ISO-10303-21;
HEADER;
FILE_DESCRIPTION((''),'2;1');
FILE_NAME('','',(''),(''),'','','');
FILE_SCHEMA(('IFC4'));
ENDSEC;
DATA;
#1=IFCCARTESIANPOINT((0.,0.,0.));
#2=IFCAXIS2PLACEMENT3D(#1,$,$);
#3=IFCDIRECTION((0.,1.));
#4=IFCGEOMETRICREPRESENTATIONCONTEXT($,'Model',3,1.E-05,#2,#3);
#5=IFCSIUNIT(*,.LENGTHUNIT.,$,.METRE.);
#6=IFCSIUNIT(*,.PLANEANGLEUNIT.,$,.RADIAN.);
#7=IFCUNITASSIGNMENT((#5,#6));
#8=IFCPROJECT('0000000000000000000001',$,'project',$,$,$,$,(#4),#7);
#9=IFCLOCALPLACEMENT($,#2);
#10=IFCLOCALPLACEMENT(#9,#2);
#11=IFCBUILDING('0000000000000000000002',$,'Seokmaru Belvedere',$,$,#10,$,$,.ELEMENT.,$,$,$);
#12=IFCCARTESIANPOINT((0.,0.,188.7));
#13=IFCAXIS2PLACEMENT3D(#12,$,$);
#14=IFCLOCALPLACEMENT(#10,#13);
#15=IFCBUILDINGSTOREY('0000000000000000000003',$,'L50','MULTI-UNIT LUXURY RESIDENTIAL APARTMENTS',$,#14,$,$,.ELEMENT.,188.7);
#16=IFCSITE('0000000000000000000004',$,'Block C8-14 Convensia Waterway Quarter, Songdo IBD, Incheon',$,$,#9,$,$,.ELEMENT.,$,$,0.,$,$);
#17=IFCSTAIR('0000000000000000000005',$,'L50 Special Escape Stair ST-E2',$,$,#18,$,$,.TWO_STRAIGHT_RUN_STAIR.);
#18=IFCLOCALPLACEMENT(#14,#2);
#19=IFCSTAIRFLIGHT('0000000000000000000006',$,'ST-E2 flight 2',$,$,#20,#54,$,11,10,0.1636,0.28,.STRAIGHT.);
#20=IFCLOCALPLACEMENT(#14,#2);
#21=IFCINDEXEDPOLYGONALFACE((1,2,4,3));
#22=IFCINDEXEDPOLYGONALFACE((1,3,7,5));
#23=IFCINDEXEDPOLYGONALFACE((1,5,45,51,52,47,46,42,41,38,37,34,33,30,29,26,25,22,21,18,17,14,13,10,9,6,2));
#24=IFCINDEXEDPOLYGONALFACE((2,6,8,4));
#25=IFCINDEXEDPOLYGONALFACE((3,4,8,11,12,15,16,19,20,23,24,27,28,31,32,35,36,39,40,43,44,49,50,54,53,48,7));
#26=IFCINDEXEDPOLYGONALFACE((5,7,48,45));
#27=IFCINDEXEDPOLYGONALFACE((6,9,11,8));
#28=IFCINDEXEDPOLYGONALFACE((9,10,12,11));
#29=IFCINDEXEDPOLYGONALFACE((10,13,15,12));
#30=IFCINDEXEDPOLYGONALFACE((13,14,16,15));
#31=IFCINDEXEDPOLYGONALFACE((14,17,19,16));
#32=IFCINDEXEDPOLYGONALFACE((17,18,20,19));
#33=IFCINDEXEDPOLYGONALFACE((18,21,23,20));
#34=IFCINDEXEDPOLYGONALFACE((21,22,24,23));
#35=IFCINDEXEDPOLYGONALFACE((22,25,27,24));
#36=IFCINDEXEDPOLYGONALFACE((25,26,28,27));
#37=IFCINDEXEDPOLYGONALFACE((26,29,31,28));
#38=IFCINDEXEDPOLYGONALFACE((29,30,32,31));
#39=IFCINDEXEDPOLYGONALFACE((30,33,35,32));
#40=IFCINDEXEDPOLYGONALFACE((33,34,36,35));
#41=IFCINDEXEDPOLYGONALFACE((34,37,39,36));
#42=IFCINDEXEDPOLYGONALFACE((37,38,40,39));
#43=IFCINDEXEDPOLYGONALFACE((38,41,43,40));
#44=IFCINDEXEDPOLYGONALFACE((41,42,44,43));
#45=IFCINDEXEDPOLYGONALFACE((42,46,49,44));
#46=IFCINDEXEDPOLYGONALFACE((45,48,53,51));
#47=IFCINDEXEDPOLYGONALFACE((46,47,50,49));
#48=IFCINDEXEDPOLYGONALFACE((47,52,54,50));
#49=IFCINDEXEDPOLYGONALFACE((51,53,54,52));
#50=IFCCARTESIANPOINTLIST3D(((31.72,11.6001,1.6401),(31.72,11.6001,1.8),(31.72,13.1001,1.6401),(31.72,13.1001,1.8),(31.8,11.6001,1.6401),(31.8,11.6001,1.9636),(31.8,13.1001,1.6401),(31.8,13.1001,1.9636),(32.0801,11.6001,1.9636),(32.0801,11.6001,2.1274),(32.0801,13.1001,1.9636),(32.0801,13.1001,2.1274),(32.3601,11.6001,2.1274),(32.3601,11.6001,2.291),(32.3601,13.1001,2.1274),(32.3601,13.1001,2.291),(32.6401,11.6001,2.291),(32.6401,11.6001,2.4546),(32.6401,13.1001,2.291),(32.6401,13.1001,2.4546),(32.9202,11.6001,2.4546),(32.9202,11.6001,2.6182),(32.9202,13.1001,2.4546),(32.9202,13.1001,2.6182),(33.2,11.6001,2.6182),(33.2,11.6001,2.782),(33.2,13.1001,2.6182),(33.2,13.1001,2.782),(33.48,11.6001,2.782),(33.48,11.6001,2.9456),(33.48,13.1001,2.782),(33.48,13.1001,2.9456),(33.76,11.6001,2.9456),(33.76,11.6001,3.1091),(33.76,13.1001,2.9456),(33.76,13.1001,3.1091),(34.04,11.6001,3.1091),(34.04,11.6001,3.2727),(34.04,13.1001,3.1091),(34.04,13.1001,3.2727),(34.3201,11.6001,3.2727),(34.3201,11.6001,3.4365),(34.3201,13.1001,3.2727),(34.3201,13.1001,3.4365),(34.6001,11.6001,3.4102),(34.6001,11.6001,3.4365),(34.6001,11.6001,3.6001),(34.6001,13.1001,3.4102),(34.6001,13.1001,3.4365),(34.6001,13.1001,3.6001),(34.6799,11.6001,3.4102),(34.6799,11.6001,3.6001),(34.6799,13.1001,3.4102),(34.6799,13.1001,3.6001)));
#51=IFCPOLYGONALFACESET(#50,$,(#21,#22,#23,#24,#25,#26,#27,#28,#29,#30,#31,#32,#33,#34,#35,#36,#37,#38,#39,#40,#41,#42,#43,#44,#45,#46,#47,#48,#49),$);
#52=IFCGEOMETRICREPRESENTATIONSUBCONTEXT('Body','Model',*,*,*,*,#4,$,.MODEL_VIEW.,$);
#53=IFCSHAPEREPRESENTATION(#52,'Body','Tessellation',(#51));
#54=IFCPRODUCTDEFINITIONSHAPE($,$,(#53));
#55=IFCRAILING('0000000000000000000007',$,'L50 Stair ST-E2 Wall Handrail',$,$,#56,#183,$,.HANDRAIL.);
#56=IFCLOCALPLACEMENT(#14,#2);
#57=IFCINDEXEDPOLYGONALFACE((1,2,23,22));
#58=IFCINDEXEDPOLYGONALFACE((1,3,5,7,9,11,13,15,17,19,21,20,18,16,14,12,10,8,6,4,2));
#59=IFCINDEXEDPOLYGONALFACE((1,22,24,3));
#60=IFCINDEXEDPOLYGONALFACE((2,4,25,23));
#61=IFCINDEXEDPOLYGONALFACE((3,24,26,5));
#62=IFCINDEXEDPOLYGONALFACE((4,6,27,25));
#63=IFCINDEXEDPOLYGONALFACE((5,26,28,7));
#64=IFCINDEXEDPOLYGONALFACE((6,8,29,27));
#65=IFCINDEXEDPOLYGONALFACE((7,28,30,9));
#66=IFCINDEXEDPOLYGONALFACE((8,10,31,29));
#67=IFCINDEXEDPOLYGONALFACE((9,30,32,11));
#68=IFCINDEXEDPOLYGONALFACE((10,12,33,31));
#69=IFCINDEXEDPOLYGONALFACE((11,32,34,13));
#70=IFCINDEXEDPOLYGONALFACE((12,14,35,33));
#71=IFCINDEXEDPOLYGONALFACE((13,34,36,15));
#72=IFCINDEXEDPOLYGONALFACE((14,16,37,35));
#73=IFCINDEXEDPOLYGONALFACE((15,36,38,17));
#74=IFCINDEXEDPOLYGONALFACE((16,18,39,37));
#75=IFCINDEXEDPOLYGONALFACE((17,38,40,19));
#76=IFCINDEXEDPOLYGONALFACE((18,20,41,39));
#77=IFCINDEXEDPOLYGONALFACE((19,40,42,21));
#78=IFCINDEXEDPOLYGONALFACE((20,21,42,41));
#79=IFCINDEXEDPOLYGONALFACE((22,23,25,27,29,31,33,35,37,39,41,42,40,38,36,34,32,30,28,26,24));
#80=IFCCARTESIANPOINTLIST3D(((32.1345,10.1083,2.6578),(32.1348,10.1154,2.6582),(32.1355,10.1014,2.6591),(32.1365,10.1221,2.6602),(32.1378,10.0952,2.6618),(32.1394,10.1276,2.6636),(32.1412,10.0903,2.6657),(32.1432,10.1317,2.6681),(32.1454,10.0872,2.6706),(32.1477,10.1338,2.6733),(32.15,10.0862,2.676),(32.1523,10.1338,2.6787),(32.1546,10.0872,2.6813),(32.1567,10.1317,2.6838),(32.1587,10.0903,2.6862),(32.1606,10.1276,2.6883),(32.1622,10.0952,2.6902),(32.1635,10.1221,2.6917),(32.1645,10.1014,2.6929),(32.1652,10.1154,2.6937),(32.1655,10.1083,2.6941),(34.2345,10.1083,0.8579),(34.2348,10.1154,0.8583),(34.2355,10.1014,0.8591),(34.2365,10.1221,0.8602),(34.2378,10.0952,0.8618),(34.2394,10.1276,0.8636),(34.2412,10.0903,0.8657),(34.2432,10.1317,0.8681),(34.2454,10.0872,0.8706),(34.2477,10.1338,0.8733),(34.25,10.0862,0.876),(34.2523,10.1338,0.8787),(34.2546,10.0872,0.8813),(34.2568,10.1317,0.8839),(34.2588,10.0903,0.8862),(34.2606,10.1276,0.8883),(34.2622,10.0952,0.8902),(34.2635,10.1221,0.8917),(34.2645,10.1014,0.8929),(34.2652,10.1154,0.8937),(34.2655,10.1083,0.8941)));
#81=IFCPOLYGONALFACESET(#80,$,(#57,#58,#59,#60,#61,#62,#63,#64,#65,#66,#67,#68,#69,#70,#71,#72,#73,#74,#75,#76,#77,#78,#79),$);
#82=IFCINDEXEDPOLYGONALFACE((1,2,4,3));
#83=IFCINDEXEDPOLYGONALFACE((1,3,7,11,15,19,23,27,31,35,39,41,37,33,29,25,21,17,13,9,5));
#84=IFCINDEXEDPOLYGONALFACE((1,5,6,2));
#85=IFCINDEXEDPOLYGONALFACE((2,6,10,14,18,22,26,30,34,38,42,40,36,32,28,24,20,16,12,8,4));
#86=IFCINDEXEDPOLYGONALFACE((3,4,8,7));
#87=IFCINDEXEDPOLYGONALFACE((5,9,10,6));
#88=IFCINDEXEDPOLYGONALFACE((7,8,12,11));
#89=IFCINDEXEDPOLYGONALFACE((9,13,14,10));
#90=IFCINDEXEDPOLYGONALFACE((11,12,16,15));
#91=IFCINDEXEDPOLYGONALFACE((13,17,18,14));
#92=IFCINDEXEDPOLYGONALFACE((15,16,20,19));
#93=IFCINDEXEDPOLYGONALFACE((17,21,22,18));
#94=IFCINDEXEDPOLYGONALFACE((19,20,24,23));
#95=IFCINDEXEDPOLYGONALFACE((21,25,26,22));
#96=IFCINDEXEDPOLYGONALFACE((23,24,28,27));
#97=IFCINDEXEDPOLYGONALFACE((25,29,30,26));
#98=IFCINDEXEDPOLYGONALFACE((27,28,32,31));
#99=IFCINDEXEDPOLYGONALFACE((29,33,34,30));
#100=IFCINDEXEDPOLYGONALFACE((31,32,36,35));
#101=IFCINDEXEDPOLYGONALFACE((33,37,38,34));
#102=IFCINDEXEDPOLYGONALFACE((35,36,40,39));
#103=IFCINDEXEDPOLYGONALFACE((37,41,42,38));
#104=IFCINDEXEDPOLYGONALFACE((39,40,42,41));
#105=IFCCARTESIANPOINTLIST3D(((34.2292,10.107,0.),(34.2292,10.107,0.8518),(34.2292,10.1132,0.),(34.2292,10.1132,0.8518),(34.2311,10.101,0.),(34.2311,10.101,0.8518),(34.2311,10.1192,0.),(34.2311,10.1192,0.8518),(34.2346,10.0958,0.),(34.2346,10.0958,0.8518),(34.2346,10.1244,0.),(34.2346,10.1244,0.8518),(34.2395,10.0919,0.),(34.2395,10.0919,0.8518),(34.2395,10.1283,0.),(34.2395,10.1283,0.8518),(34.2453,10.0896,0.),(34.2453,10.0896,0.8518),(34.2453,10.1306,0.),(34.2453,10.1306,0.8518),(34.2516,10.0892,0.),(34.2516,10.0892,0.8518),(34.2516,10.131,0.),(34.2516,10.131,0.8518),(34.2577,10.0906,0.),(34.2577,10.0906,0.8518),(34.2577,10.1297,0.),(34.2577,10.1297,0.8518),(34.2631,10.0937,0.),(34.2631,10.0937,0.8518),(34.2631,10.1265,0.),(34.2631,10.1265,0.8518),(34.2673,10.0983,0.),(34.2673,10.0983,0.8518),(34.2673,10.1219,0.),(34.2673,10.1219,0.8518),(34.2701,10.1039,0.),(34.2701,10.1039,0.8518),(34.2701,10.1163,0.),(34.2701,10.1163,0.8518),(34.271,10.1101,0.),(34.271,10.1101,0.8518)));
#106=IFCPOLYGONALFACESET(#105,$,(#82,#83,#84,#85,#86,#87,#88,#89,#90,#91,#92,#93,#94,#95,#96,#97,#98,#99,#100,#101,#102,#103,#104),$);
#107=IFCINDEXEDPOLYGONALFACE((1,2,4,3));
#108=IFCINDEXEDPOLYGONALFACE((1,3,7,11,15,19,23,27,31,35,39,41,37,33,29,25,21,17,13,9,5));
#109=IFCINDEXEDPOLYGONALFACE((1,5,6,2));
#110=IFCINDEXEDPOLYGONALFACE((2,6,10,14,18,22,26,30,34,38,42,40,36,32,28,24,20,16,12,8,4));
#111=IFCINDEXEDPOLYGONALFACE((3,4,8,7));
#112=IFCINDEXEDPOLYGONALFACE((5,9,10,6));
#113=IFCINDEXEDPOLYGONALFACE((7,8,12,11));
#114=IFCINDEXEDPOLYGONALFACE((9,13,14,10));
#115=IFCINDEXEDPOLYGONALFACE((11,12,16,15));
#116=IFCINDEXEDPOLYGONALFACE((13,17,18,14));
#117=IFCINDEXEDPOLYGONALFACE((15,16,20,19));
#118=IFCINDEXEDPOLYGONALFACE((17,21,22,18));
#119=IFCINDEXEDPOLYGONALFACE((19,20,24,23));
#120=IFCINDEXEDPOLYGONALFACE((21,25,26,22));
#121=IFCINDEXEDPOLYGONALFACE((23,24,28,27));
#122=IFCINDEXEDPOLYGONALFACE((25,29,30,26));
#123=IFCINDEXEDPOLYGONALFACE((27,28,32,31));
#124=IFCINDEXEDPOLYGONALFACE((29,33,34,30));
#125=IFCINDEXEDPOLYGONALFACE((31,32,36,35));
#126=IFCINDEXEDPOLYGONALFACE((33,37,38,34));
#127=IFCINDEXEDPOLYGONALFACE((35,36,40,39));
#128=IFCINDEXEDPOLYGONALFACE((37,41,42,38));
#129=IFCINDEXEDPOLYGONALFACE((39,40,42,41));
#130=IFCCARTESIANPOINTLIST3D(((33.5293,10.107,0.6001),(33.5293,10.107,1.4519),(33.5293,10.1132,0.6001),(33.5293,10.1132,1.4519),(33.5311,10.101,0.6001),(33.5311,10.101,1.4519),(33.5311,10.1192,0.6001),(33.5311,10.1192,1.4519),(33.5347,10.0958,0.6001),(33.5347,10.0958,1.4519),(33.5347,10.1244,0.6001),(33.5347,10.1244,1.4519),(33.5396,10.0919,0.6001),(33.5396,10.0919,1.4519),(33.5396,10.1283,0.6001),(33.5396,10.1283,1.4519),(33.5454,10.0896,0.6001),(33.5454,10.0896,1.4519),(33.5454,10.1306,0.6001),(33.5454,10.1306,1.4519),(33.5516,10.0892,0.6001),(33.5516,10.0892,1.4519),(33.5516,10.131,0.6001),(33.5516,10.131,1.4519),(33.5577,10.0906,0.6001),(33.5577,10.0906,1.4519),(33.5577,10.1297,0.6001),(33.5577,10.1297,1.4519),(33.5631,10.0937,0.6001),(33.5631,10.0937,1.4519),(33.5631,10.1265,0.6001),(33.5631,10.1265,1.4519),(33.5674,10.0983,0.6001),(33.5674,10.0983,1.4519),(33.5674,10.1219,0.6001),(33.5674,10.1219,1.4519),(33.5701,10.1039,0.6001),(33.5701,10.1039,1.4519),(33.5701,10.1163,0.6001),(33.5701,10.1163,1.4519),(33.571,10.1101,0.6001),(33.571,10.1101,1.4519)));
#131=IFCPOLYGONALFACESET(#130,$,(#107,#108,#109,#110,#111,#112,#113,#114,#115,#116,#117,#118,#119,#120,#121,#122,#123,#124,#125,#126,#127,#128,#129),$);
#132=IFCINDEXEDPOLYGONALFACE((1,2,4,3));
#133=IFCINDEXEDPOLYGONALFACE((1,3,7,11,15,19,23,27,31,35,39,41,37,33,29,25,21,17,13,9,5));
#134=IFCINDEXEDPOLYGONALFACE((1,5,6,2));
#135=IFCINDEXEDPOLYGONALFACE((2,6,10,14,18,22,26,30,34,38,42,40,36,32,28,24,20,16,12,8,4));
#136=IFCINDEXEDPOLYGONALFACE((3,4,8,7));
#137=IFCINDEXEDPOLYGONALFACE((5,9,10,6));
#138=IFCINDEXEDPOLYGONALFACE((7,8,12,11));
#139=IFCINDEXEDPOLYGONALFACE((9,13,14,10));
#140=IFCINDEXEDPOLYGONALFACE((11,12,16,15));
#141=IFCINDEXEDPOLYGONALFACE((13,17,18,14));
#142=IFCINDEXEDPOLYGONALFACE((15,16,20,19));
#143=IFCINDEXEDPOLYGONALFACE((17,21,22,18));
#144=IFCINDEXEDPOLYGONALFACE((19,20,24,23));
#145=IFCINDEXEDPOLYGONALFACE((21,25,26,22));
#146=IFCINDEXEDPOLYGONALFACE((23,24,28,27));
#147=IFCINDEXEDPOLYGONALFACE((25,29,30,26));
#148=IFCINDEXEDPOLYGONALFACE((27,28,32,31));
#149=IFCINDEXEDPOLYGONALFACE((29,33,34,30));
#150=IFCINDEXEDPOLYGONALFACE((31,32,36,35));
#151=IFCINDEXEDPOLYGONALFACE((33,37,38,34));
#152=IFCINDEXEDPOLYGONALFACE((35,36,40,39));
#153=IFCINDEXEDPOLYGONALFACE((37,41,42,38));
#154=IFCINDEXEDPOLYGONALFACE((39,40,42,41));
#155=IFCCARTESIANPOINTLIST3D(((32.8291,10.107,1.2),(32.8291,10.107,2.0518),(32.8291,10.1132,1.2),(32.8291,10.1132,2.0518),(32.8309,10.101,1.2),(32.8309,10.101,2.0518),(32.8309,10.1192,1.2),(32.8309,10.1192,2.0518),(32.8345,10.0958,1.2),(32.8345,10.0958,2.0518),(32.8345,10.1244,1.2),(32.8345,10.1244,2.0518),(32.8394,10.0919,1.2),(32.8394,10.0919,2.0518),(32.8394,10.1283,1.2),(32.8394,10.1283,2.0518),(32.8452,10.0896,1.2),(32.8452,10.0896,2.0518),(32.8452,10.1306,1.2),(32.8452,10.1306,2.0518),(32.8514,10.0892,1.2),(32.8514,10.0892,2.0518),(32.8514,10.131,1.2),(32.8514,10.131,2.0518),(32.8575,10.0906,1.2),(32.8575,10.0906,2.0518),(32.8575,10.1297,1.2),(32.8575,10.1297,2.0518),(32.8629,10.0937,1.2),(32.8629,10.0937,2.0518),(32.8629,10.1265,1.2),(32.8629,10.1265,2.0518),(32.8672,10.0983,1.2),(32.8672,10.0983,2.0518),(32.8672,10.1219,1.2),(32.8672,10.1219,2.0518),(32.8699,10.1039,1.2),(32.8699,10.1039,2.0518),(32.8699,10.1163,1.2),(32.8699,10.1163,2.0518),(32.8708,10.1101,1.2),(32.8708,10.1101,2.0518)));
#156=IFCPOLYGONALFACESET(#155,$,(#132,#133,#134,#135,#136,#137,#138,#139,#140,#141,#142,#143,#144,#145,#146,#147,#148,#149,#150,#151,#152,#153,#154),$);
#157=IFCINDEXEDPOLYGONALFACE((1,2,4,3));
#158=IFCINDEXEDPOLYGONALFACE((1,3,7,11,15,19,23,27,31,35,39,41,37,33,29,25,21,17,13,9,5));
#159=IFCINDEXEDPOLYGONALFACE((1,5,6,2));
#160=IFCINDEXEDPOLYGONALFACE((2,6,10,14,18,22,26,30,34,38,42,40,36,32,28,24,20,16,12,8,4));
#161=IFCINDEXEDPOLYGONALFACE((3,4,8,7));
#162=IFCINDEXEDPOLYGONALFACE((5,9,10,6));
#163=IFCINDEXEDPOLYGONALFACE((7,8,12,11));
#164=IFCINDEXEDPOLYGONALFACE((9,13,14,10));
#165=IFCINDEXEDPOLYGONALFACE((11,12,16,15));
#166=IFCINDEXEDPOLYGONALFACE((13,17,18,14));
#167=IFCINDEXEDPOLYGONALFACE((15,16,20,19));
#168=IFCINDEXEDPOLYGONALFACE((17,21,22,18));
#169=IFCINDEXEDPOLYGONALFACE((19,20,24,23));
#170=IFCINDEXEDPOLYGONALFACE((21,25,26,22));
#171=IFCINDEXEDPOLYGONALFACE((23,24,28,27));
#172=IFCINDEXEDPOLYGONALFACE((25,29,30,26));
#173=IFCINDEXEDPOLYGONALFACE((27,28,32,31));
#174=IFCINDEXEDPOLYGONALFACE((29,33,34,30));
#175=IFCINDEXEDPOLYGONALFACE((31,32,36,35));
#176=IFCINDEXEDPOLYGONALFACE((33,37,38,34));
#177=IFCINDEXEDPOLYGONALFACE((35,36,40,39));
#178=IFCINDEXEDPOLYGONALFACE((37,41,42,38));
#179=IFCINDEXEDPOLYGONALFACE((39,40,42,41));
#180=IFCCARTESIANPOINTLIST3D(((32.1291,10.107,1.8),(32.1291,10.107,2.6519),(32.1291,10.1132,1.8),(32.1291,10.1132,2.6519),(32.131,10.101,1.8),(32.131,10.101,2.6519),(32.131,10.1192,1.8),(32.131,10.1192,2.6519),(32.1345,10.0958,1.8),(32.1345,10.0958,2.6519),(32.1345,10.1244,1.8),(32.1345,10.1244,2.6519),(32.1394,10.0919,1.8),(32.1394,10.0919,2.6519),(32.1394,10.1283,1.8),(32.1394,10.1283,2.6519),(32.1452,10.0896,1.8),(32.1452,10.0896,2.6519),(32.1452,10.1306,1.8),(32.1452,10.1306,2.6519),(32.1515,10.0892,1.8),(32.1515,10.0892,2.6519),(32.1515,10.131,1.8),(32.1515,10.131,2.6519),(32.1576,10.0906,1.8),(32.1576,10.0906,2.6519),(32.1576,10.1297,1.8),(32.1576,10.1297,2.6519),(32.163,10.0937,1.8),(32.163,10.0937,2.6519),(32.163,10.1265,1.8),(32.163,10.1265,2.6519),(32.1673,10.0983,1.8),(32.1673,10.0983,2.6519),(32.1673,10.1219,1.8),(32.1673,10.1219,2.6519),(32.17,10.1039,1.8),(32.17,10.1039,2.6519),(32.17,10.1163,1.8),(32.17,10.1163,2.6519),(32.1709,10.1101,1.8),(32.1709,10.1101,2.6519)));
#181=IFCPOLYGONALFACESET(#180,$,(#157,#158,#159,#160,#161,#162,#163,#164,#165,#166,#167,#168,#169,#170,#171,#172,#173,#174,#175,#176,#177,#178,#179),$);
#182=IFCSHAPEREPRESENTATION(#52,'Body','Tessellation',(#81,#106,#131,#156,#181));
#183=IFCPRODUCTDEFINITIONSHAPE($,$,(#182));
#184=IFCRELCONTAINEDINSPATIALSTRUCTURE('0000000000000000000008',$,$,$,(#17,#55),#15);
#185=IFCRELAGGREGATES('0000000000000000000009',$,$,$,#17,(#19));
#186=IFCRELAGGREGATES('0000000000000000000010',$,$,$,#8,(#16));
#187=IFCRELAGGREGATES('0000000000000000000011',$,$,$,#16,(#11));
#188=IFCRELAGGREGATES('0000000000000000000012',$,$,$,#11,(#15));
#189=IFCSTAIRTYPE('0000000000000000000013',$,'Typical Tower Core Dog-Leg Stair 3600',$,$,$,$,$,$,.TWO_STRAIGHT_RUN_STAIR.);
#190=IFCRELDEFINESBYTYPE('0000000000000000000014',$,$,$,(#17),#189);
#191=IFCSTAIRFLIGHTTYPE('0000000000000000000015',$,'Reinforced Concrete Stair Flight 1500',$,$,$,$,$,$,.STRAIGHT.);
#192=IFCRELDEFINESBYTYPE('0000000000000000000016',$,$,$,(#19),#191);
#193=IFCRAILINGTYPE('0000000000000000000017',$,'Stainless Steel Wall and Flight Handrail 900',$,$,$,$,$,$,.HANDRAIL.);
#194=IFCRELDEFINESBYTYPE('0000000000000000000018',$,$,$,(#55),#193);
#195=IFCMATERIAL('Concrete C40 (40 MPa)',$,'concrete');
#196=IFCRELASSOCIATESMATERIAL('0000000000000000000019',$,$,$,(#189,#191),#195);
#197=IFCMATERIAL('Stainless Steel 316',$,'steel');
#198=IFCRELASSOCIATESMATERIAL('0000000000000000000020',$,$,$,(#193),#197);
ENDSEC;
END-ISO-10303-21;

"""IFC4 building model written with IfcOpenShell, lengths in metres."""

from ifc_helpers import new_model, si_unit, direction, frame, origin, origin_2d, place, context, subcontext, project, spatial, polyline, circle, outline, extrude, material, type_object, element, aggregate, save


model = new_model("IFC4")

# Units and contexts
model_context = context("Model", 3, precision=1e-05, world=origin(), true_north=direction((0.0, 1.0)))
body_context = subcontext(model_context, "Body", "Model", "MODEL_VIEW")
ifc_project = project(units=[si_unit("LENGTHUNIT", "METRE"), si_unit("PLANEANGLEUNIT", "RADIAN")], contexts=[model_context])

# Site, building, storey
site_placement = place(None, origin())
site = spatial("IfcSite", under=ifc_project, at=site_placement, Name="Block C8-14 Convensia Waterway Quarter, Songdo IBD, Incheon", CompositionType="ELEMENT", RefElevation=0.0)
building_placement = place(site_placement, origin())
building = spatial("IfcBuilding", under=site, at=building_placement, Name="Seokmaru Belvedere", CompositionType="ELEMENT")
storey_placement = place(building_placement, frame((0.0, 0.0, 188.7)))
storey = spatial("IfcBuildingStorey", under=building, at=storey_placement, Name="L50", Description="MULTI-UNIT LUXURY RESIDENTIAL APARTMENTS", CompositionType="ELEMENT", Elevation=188.7)

# Shared definitions
ifc_material_1 = material(Name="Stainless Steel 316", Category="steel")

# Stair, stair flight
ifc_material_2 = material(Name="Concrete C40 (40 MPa)", Category="concrete")
stair_type = type_object("IfcStairType", Name="Typical Tower Core Dog-Leg Stair 3600", PredefinedType="TWO_STRAIGHT_RUN_STAIR", material=ifc_material_2)
stair_placement = place(storey_placement, origin())
stair = element("IfcStair", 1, at=stair_placement, inside=storey, type_object=stair_type, Name="L50 Special Escape Stair ST-E2", PredefinedType="TWO_STRAIGHT_RUN_STAIR")
stair_flight_type = type_object("IfcStairFlightType", Name="Reinforced Concrete Stair Flight 1500", PredefinedType="STRAIGHT", material=ifc_material_2)
stair_flight_1_placement = place(storey_placement, frame((31.8, 12.3501, 1.8), z_axis=(0.0, 0.0, 1.0), x_axis=(1.0, 0.0, 0.0)))
stair_flight_1 = element("IfcStairFlight", 2, at=stair_flight_1_placement, type_object=stair_flight_type, Name="ST-E2 flight 2", NumberOfRisers=11, NumberOfTreads=10, PredefinedType="STRAIGHT", RiserHeight=0.1636, TreadLength=0.28, context=body_context, shape_type="SweptSolid", body=[
    extrude(outline(polyline([(-0.0801, 0.0), (0.0, 0.1636), (0.28, 0.1636), (0.28, 0.3274), (0.5601, 0.3274), (0.5601, 0.491), (0.8401, 0.491), (0.8401, 0.6545), (1.1201, 0.6545), (1.1201, 0.8181), (1.3999, 0.8181), (1.3999, 0.9819), (1.6799, 0.9819), (1.6799, 1.1455), (1.96, 1.1455), (1.96, 1.3091), (2.24, 1.3091), (2.24, 1.4727), (2.52, 1.4727), (2.52, 1.6365), (2.8, 1.6365), (2.8, 1.8), (2.8799, 1.8), (2.8799, 1.6101), (2.8, 1.6101), (0.0, -0.1599), (-0.0801, -0.1599), (-0.0801, 0.0)])), frame((0.0, 0.75, 0.0), z_axis=(0.0, -1.0, 0.0), x_axis=(1.0, 0.0, 0.0)), (0.0, 0.0, 1.0), 1.5),
])
aggregate(stair, [stair_flight_1])

# Railing
railing_type_1 = type_object("IfcRailingType", Name="Stainless Steel Wall and Flight Handrail 900", PredefinedType="HANDRAIL", material=ifc_material_1)
railing_1_placement = place(storey_placement, frame((34.25, 10.1101, 0.0)))
element("IfcRailing", 3, at=railing_1_placement, inside=storey, type_object=railing_type_1, Name="L50 Stair ST-E2 Wall Handrail", PredefinedType="HANDRAIL", context=body_context, shape_type="SweptSolid", body=[
    extrude(circle(Radius=0.0239, at=origin_2d()), frame((0.0, 0.0, 0.876), z_axis=(-0.759263, 0.0, 0.650784), x_axis=(0.0, -1.0, 0.0)), (0.0, 0.0, 1.0), 2.7659),
    extrude(circle(Radius=0.021, at=origin_2d()), origin(), (0.0, 0.0, 1.0), 0.8518),
    extrude(circle(Radius=0.021, at=origin_2d()), frame((-0.7, 0.0, 0.6001)), (0.0, 0.0, 1.0), 0.8518),
    extrude(circle(Radius=0.021, at=origin_2d()), frame((-1.4001, 0.0, 1.2)), (0.0, 0.0, 1.0), 0.8518),
    extrude(circle(Radius=0.021, at=origin_2d()), frame((-2.1001, 0.0, 1.8)), (0.0, 0.0, 1.0), 0.8518),
])

save(model, "model.ifc")
